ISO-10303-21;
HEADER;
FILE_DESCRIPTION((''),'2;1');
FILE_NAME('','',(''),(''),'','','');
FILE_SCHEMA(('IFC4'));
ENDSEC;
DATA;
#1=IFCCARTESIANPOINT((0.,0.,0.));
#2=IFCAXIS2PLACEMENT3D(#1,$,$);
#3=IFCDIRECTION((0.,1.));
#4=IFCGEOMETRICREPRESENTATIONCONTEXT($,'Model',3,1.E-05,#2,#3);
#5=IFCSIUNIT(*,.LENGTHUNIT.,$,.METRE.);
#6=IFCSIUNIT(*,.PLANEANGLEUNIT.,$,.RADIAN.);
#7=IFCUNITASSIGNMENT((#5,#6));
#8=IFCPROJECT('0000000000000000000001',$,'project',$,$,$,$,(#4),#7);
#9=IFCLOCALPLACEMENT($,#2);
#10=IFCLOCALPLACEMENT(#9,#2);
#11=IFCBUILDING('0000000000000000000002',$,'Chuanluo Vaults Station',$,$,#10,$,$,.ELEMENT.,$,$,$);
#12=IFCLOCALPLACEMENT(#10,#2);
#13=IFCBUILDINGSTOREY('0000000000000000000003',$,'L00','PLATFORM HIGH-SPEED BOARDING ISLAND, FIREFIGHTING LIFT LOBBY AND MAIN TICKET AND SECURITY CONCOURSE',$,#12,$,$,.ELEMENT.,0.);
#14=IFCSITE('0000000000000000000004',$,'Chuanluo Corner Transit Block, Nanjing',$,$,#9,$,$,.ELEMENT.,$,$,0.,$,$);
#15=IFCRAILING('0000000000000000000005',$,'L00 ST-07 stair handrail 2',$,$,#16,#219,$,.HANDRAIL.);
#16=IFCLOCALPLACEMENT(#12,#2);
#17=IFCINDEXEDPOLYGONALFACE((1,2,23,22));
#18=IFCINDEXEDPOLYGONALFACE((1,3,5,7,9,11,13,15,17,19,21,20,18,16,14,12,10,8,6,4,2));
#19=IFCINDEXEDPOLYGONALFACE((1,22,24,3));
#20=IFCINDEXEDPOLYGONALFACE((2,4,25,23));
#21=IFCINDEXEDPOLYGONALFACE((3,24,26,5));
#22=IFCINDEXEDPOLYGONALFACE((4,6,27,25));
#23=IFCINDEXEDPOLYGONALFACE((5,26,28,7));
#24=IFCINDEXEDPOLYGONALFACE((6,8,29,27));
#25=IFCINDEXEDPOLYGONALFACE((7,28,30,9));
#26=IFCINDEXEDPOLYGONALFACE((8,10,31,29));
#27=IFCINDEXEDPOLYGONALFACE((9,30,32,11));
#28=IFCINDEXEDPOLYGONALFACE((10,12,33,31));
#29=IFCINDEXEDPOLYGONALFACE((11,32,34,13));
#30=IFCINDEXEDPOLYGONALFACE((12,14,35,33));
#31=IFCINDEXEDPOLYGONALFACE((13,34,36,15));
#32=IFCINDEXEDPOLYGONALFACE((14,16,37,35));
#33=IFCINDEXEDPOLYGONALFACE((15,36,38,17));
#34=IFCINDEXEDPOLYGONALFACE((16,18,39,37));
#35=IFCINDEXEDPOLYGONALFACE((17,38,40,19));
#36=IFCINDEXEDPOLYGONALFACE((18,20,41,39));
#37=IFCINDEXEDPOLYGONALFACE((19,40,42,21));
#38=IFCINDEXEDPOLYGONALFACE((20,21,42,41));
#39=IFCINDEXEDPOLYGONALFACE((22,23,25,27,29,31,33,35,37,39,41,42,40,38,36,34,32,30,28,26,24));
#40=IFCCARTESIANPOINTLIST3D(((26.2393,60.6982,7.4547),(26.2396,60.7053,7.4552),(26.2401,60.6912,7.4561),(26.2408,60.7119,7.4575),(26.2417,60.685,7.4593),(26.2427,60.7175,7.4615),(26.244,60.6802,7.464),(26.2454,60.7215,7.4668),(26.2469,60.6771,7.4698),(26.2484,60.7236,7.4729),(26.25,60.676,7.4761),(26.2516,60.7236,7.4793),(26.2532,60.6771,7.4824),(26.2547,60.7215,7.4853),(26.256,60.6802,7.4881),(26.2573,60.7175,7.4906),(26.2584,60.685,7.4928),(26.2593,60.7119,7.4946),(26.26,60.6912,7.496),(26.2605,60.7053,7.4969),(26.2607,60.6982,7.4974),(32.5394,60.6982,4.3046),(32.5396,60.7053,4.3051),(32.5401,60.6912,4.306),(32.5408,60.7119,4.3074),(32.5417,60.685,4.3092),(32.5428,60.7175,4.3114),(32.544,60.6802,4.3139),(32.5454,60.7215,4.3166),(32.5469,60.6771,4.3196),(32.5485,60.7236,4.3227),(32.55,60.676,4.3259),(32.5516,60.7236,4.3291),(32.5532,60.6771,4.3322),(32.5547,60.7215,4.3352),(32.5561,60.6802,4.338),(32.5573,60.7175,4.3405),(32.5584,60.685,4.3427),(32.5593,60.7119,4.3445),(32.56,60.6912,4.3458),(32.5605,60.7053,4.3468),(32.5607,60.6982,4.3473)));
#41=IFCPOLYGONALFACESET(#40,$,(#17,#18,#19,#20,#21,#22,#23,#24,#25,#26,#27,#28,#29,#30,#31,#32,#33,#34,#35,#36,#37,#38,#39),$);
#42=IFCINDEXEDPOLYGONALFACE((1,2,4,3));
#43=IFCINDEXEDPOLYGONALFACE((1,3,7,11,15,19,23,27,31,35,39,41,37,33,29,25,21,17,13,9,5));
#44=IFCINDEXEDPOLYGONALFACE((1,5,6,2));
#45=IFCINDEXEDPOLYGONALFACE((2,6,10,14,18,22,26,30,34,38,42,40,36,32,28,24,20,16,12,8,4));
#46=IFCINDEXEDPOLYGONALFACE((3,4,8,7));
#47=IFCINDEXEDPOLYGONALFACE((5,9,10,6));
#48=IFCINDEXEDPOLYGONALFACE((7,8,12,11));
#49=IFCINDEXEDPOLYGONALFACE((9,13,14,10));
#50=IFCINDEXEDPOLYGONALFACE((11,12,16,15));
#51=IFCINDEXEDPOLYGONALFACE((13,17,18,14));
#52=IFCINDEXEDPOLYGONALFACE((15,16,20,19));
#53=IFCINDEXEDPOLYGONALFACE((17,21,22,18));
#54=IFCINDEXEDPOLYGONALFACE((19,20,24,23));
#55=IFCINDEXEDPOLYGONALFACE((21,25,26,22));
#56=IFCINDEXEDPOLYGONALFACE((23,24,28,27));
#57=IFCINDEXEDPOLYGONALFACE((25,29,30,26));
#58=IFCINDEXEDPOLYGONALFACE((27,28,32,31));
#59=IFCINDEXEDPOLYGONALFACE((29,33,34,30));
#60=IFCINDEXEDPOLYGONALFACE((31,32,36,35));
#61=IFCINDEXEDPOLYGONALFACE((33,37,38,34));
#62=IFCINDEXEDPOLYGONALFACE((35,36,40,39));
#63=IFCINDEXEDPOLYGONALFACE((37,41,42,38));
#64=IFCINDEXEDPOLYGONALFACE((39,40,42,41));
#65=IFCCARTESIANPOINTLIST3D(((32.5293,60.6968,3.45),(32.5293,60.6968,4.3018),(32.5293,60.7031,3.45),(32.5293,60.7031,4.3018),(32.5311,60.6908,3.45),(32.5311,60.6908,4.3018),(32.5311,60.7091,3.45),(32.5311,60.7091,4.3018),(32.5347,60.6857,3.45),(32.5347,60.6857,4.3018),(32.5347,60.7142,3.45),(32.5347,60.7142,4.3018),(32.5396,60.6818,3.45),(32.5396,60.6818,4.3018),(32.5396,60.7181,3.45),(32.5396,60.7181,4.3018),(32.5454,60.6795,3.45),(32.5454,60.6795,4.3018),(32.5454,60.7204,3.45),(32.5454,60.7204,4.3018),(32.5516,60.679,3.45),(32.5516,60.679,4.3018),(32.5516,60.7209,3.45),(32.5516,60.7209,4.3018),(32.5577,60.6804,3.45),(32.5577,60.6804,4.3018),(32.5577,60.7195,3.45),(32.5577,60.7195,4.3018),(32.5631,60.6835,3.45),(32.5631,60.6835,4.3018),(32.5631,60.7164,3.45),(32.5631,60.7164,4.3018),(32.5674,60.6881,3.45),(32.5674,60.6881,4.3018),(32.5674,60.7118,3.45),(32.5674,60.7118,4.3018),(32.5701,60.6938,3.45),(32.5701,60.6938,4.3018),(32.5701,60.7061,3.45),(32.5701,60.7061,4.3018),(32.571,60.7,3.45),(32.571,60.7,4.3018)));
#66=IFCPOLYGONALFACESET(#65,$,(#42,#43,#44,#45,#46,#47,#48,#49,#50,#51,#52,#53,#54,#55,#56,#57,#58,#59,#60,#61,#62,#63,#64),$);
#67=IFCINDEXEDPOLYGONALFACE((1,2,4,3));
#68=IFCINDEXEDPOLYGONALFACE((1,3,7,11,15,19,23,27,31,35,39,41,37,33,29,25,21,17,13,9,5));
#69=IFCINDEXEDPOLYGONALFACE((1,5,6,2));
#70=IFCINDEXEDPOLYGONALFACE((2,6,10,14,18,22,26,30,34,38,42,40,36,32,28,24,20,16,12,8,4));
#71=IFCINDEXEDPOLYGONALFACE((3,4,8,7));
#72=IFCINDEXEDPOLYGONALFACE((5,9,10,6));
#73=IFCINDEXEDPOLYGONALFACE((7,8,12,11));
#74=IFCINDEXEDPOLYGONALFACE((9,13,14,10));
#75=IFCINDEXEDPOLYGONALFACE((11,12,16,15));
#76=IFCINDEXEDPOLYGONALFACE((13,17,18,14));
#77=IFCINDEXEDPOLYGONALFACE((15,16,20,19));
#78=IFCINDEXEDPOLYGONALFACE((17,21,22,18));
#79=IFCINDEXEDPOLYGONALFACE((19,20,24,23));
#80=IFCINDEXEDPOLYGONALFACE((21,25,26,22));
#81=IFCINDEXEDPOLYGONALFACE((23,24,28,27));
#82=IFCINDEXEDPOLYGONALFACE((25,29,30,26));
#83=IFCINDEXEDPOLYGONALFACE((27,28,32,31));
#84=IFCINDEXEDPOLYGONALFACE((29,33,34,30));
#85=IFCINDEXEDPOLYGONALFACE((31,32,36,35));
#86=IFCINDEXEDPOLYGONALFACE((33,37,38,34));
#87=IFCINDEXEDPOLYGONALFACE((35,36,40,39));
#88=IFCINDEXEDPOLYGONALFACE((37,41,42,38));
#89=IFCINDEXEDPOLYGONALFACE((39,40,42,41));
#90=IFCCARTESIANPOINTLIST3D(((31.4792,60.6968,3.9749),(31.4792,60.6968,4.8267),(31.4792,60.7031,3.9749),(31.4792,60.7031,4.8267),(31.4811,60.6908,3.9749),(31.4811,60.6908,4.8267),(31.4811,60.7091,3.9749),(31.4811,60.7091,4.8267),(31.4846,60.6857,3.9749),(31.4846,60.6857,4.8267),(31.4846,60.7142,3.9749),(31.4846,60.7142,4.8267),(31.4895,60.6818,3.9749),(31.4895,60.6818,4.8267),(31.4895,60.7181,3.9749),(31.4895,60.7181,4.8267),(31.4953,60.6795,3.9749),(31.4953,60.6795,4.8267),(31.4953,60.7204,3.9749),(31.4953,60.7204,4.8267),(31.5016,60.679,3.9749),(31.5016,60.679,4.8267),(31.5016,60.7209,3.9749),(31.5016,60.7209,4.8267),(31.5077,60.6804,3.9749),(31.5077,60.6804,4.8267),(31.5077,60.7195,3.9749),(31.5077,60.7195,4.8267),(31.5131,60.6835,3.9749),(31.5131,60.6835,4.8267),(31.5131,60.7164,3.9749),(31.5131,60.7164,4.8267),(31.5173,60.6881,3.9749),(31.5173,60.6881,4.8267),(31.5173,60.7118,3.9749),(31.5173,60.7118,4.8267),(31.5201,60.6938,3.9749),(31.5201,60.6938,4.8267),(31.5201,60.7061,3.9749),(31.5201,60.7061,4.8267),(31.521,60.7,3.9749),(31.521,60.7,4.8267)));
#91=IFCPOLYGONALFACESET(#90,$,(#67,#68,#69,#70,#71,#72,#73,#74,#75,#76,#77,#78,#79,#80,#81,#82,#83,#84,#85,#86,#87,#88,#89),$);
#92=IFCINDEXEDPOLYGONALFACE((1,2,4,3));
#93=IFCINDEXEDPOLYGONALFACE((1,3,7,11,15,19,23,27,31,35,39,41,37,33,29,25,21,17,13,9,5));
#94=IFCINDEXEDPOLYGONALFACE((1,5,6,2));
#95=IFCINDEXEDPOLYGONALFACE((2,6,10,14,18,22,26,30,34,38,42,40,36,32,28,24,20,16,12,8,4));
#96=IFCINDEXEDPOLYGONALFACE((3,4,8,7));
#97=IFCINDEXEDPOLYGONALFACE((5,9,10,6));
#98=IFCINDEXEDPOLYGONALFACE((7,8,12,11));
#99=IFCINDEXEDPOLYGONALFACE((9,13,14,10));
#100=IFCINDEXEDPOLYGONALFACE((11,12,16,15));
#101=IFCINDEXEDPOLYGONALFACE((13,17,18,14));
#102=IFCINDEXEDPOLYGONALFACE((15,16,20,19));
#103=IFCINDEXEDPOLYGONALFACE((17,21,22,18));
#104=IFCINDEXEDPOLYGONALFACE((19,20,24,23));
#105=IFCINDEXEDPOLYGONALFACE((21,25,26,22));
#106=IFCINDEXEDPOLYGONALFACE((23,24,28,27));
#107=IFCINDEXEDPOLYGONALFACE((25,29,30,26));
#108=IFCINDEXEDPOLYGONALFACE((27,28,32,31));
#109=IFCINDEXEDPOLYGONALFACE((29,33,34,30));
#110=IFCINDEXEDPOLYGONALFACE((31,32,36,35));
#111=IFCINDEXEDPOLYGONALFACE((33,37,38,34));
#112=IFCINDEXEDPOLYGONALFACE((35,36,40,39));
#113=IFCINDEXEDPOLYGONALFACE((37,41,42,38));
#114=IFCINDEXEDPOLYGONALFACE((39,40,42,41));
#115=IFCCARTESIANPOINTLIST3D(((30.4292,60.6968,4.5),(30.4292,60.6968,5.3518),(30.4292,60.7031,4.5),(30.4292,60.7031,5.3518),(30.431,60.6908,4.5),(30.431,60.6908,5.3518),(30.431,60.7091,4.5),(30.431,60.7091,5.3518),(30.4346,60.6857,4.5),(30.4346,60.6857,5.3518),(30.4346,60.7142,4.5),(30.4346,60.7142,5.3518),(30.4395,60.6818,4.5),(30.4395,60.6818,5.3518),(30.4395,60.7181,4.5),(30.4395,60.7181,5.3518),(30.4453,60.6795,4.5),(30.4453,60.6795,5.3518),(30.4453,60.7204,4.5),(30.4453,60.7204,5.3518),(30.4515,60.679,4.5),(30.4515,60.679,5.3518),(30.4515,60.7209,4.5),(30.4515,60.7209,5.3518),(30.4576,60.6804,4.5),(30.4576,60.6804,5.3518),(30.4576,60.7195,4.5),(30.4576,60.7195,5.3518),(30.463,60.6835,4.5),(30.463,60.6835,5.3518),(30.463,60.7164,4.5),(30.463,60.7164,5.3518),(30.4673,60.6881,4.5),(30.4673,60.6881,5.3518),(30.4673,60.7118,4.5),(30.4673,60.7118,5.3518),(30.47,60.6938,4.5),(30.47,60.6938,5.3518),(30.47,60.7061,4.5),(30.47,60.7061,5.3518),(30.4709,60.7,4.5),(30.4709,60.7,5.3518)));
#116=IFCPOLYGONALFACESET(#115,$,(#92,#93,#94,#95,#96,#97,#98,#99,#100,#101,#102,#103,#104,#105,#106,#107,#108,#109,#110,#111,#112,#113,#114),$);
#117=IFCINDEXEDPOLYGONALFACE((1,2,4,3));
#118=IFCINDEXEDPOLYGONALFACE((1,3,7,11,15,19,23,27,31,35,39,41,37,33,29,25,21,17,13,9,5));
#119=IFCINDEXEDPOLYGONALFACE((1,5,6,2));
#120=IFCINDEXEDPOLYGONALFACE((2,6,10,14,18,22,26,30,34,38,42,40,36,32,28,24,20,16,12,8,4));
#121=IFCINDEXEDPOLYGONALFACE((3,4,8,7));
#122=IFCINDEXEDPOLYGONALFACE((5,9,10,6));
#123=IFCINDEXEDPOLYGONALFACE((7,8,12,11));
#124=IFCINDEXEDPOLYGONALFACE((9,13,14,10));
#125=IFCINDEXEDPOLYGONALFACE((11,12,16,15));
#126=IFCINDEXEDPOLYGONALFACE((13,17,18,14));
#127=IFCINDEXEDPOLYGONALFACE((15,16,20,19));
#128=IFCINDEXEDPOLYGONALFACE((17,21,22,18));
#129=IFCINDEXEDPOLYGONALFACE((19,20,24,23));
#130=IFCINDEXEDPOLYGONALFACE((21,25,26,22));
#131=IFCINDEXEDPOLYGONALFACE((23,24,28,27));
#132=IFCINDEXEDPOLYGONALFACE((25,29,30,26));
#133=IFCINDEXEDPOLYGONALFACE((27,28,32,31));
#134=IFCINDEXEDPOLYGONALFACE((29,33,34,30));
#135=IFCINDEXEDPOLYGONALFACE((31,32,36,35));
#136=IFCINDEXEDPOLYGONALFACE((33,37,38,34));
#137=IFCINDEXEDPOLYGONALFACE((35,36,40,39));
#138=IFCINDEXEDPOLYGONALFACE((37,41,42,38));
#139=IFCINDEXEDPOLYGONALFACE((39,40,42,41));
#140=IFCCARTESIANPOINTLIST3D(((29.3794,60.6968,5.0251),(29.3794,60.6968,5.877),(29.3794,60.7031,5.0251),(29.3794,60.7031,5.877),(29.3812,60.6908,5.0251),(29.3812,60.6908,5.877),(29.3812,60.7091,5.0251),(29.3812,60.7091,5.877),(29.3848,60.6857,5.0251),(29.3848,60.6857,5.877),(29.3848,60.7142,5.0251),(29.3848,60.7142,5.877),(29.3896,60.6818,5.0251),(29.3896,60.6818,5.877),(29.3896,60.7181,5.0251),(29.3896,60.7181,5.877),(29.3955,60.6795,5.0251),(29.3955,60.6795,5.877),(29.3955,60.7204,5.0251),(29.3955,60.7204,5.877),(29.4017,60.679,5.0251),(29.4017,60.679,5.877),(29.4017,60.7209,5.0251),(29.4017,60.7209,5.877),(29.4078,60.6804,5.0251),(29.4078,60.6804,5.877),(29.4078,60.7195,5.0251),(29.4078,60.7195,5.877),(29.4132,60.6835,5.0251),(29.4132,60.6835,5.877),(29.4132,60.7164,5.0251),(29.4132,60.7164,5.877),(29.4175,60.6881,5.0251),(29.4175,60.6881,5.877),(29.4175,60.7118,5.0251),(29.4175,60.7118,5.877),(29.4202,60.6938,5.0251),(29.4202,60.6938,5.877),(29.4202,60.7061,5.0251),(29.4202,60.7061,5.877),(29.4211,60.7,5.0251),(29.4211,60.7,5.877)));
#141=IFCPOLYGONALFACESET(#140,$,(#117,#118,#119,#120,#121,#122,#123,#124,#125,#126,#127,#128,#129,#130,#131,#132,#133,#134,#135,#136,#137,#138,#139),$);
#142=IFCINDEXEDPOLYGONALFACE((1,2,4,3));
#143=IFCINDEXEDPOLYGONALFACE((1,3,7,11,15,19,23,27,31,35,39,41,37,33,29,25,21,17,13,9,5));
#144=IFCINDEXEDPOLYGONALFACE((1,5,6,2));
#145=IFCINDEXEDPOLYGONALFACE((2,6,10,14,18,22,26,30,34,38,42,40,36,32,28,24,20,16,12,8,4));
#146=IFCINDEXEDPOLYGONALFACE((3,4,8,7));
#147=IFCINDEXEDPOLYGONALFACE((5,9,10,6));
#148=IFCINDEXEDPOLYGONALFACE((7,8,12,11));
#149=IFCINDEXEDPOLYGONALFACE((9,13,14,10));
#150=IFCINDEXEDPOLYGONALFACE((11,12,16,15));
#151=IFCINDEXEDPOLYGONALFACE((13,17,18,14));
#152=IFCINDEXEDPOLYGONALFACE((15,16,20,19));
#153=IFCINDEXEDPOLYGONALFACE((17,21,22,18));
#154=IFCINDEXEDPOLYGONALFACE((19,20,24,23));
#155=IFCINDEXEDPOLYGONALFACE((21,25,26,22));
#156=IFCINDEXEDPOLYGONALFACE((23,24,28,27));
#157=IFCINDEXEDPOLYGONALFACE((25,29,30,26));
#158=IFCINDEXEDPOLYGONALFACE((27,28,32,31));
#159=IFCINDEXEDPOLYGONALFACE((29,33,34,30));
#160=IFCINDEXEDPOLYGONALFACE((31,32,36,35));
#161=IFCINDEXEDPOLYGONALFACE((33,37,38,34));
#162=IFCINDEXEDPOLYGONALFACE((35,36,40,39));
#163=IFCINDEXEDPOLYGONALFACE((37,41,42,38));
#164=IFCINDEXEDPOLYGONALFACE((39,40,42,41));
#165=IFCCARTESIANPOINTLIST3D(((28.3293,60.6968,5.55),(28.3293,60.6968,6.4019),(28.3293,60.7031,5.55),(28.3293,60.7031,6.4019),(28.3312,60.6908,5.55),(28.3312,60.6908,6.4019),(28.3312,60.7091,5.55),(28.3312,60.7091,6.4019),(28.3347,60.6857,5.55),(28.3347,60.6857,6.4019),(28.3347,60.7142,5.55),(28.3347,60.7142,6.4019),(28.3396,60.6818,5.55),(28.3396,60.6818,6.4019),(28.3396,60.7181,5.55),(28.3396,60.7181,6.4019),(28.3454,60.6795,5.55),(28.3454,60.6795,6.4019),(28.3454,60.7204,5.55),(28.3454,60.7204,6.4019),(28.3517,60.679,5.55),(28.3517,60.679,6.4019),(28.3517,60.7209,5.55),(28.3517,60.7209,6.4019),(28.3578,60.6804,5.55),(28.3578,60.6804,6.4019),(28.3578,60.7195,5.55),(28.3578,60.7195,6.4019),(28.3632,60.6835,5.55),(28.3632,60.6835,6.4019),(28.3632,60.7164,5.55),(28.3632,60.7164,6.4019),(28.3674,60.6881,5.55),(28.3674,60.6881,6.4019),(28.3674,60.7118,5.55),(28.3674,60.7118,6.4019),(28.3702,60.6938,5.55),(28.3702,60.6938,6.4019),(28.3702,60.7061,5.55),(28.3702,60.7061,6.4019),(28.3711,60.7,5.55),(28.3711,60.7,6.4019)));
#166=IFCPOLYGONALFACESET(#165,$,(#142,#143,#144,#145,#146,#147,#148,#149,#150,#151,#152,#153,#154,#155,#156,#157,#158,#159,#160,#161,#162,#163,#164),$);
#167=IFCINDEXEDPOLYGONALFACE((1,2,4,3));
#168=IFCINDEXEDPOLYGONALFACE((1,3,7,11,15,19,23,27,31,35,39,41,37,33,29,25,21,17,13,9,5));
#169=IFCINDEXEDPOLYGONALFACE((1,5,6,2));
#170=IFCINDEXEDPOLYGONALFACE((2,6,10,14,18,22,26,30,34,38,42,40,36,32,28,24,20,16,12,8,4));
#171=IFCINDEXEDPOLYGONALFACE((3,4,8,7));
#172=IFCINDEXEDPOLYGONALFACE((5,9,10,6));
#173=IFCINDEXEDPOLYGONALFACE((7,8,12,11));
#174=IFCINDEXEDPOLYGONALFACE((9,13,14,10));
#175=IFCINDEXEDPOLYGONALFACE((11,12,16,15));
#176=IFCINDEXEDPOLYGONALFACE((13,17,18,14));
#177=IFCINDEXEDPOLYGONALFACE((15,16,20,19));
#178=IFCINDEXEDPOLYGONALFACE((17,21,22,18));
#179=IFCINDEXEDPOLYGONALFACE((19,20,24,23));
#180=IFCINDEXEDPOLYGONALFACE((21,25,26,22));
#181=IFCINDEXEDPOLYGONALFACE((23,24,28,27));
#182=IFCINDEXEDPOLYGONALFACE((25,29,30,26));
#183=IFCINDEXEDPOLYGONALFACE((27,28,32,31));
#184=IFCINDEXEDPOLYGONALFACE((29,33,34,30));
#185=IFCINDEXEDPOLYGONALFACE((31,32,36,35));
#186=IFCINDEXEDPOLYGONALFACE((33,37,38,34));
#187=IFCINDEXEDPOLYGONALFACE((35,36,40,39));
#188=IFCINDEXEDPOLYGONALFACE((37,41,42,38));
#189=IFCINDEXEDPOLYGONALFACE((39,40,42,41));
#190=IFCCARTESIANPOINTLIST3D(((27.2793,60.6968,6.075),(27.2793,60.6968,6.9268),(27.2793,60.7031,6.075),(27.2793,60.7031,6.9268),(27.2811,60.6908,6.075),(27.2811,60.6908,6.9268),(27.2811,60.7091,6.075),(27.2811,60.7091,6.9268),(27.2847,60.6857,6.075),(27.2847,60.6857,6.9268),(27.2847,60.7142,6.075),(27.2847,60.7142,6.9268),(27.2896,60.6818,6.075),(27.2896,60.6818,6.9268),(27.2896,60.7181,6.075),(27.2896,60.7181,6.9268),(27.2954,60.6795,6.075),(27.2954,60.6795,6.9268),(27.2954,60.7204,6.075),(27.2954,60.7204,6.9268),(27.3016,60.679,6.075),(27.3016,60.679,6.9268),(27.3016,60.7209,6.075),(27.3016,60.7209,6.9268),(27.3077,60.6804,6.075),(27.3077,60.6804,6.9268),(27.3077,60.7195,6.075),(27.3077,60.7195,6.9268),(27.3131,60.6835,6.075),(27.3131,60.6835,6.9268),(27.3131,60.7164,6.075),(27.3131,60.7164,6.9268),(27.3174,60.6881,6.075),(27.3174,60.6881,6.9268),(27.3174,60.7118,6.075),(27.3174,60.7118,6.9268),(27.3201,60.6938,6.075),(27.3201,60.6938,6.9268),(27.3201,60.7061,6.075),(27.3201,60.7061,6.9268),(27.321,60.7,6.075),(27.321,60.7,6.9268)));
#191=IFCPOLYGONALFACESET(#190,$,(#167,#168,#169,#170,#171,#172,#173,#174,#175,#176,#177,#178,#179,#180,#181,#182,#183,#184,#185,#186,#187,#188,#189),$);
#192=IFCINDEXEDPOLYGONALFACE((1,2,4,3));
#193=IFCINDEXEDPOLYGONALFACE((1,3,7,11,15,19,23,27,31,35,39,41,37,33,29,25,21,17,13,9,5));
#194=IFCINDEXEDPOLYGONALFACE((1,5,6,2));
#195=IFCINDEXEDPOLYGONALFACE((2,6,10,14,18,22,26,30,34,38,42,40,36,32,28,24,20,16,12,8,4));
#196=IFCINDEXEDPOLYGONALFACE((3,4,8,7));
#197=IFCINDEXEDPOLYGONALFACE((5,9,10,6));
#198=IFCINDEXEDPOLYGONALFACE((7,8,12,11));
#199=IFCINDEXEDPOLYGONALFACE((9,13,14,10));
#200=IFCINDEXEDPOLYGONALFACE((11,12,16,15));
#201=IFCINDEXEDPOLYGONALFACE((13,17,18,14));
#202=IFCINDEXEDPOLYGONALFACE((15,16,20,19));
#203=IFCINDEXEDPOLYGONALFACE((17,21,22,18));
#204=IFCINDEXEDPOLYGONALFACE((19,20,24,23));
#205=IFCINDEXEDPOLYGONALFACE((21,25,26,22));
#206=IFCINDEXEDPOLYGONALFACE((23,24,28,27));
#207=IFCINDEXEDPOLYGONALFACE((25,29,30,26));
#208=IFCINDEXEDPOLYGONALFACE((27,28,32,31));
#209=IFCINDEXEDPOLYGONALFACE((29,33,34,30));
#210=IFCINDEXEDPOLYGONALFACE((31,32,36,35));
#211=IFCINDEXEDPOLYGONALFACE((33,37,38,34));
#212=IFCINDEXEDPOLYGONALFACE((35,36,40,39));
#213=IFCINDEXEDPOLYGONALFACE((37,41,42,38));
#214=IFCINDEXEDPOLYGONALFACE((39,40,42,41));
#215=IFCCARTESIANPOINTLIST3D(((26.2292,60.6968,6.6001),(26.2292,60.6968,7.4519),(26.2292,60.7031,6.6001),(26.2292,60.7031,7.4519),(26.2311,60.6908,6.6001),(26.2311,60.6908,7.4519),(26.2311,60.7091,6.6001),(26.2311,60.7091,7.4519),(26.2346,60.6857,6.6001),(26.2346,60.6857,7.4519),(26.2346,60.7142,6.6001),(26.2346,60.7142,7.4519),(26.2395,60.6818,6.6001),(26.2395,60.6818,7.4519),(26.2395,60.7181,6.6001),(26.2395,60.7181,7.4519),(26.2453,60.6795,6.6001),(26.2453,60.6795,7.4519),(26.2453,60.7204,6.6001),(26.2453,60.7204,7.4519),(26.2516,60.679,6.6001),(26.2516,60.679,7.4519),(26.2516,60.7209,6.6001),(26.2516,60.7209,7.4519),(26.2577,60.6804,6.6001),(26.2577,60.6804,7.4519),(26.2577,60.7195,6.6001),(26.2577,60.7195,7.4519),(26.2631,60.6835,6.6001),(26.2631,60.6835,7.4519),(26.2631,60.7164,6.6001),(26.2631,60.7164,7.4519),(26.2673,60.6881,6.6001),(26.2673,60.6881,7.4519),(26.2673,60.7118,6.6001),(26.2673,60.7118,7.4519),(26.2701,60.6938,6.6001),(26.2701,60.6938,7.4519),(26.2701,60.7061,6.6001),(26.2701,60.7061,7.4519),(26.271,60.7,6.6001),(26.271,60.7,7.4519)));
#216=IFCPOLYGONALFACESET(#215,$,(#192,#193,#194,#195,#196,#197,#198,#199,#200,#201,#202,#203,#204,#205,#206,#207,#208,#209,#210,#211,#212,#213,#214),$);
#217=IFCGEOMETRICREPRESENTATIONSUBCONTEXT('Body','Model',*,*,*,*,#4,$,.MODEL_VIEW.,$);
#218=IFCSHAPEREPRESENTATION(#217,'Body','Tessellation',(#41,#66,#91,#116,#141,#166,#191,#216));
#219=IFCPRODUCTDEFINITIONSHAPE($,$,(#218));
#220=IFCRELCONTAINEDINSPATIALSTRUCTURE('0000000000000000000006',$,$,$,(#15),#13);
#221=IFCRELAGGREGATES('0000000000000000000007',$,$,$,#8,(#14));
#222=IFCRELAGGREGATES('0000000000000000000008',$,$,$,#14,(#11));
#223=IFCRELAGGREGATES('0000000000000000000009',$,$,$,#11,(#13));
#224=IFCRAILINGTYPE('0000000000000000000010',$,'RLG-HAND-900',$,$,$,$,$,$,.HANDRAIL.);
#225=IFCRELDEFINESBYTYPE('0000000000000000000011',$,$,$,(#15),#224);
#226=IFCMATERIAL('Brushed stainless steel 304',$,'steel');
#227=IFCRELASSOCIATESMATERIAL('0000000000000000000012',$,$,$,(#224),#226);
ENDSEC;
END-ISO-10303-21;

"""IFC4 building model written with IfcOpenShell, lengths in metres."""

from ifc_helpers import new_model, si_unit, direction, frame, origin, origin_2d, place, context, subcontext, project, spatial, circle, extrude, material, type_object, element, save


model = new_model("IFC4")

# Units and contexts
model_context = context("Model", 3, precision=1e-05, world=origin(), true_north=direction((0.0, 1.0)))
body_context = subcontext(model_context, "Body", "Model", "MODEL_VIEW")
ifc_project = project(units=[si_unit("LENGTHUNIT", "METRE"), si_unit("PLANEANGLEUNIT", "RADIAN")], contexts=[model_context])

# Site, building, storey
site_placement = place(None, origin())
site = spatial("IfcSite", under=ifc_project, at=site_placement, Name="Chuanluo Corner Transit Block, Nanjing", CompositionType="ELEMENT", RefElevation=0.0)
building_placement = place(site_placement, origin())
building = spatial("IfcBuilding", under=site, at=building_placement, Name="Chuanluo Vaults Station", CompositionType="ELEMENT")
storey_placement = place(building_placement, origin())
storey = spatial("IfcBuildingStorey", under=building, at=storey_placement, Name="L00", Description="PLATFORM HIGH-SPEED BOARDING ISLAND, FIREFIGHTING LIFT LOBBY AND MAIN TICKET AND SECURITY CONCOURSE", CompositionType="ELEMENT", Elevation=0.0)

# Railing
ifc_material_1 = material(Name="Brushed stainless steel 304", Category="steel")
railing_type_1 = type_object("IfcRailingType", Name="RLG-HAND-900", PredefinedType="HANDRAIL", material=ifc_material_1)
railing_1_placement = place(storey_placement, frame((32.55, 60.7, 3.45)))
element("IfcRailing", 1, at=railing_1_placement, inside=storey, type_object=railing_type_1, Name="L00 ST-07 stair handrail 2", PredefinedType="HANDRAIL", context=body_context, shape_type="SweptSolid", body=[
    extrude(circle(Radius=0.0239, at=origin_2d()), frame((0.0, 0.0, 0.876), z_axis=(-0.89442, 0.0, 0.447227), x_axis=(0.0, -1.0, 0.0)), (0.0, 0.0, 1.0), 7.0437),
    extrude(circle(Radius=0.021, at=origin_2d()), origin(), (0.0, 0.0, 1.0), 0.8518),
    extrude(circle(Radius=0.021, at=origin_2d()), frame((-1.05, 0.0, 0.5249)), (0.0, 0.0, 1.0), 0.8518),
    extrude(circle(Radius=0.021, at=origin_2d()), frame((-2.1001, 0.0, 1.05)), (0.0, 0.0, 1.0), 0.8518),
    extrude(circle(Radius=0.021, at=origin_2d()), frame((-3.1499, 0.0, 1.5752)), (0.0, 0.0, 1.0), 0.8518),
    extrude(circle(Radius=0.021, at=origin_2d()), frame((-4.2, 0.0, 2.1001)), (0.0, 0.0, 1.0), 0.8518),
    extrude(circle(Radius=0.021, at=origin_2d()), frame((-5.25, 0.0, 2.625)), (0.0, 0.0, 1.0), 0.8518),
    extrude(circle(Radius=0.021, at=origin_2d()), frame((-6.3, 0.0, 3.1501)), (0.0, 0.0, 1.0), 0.8518),
])

save(model, "model.ifc")
